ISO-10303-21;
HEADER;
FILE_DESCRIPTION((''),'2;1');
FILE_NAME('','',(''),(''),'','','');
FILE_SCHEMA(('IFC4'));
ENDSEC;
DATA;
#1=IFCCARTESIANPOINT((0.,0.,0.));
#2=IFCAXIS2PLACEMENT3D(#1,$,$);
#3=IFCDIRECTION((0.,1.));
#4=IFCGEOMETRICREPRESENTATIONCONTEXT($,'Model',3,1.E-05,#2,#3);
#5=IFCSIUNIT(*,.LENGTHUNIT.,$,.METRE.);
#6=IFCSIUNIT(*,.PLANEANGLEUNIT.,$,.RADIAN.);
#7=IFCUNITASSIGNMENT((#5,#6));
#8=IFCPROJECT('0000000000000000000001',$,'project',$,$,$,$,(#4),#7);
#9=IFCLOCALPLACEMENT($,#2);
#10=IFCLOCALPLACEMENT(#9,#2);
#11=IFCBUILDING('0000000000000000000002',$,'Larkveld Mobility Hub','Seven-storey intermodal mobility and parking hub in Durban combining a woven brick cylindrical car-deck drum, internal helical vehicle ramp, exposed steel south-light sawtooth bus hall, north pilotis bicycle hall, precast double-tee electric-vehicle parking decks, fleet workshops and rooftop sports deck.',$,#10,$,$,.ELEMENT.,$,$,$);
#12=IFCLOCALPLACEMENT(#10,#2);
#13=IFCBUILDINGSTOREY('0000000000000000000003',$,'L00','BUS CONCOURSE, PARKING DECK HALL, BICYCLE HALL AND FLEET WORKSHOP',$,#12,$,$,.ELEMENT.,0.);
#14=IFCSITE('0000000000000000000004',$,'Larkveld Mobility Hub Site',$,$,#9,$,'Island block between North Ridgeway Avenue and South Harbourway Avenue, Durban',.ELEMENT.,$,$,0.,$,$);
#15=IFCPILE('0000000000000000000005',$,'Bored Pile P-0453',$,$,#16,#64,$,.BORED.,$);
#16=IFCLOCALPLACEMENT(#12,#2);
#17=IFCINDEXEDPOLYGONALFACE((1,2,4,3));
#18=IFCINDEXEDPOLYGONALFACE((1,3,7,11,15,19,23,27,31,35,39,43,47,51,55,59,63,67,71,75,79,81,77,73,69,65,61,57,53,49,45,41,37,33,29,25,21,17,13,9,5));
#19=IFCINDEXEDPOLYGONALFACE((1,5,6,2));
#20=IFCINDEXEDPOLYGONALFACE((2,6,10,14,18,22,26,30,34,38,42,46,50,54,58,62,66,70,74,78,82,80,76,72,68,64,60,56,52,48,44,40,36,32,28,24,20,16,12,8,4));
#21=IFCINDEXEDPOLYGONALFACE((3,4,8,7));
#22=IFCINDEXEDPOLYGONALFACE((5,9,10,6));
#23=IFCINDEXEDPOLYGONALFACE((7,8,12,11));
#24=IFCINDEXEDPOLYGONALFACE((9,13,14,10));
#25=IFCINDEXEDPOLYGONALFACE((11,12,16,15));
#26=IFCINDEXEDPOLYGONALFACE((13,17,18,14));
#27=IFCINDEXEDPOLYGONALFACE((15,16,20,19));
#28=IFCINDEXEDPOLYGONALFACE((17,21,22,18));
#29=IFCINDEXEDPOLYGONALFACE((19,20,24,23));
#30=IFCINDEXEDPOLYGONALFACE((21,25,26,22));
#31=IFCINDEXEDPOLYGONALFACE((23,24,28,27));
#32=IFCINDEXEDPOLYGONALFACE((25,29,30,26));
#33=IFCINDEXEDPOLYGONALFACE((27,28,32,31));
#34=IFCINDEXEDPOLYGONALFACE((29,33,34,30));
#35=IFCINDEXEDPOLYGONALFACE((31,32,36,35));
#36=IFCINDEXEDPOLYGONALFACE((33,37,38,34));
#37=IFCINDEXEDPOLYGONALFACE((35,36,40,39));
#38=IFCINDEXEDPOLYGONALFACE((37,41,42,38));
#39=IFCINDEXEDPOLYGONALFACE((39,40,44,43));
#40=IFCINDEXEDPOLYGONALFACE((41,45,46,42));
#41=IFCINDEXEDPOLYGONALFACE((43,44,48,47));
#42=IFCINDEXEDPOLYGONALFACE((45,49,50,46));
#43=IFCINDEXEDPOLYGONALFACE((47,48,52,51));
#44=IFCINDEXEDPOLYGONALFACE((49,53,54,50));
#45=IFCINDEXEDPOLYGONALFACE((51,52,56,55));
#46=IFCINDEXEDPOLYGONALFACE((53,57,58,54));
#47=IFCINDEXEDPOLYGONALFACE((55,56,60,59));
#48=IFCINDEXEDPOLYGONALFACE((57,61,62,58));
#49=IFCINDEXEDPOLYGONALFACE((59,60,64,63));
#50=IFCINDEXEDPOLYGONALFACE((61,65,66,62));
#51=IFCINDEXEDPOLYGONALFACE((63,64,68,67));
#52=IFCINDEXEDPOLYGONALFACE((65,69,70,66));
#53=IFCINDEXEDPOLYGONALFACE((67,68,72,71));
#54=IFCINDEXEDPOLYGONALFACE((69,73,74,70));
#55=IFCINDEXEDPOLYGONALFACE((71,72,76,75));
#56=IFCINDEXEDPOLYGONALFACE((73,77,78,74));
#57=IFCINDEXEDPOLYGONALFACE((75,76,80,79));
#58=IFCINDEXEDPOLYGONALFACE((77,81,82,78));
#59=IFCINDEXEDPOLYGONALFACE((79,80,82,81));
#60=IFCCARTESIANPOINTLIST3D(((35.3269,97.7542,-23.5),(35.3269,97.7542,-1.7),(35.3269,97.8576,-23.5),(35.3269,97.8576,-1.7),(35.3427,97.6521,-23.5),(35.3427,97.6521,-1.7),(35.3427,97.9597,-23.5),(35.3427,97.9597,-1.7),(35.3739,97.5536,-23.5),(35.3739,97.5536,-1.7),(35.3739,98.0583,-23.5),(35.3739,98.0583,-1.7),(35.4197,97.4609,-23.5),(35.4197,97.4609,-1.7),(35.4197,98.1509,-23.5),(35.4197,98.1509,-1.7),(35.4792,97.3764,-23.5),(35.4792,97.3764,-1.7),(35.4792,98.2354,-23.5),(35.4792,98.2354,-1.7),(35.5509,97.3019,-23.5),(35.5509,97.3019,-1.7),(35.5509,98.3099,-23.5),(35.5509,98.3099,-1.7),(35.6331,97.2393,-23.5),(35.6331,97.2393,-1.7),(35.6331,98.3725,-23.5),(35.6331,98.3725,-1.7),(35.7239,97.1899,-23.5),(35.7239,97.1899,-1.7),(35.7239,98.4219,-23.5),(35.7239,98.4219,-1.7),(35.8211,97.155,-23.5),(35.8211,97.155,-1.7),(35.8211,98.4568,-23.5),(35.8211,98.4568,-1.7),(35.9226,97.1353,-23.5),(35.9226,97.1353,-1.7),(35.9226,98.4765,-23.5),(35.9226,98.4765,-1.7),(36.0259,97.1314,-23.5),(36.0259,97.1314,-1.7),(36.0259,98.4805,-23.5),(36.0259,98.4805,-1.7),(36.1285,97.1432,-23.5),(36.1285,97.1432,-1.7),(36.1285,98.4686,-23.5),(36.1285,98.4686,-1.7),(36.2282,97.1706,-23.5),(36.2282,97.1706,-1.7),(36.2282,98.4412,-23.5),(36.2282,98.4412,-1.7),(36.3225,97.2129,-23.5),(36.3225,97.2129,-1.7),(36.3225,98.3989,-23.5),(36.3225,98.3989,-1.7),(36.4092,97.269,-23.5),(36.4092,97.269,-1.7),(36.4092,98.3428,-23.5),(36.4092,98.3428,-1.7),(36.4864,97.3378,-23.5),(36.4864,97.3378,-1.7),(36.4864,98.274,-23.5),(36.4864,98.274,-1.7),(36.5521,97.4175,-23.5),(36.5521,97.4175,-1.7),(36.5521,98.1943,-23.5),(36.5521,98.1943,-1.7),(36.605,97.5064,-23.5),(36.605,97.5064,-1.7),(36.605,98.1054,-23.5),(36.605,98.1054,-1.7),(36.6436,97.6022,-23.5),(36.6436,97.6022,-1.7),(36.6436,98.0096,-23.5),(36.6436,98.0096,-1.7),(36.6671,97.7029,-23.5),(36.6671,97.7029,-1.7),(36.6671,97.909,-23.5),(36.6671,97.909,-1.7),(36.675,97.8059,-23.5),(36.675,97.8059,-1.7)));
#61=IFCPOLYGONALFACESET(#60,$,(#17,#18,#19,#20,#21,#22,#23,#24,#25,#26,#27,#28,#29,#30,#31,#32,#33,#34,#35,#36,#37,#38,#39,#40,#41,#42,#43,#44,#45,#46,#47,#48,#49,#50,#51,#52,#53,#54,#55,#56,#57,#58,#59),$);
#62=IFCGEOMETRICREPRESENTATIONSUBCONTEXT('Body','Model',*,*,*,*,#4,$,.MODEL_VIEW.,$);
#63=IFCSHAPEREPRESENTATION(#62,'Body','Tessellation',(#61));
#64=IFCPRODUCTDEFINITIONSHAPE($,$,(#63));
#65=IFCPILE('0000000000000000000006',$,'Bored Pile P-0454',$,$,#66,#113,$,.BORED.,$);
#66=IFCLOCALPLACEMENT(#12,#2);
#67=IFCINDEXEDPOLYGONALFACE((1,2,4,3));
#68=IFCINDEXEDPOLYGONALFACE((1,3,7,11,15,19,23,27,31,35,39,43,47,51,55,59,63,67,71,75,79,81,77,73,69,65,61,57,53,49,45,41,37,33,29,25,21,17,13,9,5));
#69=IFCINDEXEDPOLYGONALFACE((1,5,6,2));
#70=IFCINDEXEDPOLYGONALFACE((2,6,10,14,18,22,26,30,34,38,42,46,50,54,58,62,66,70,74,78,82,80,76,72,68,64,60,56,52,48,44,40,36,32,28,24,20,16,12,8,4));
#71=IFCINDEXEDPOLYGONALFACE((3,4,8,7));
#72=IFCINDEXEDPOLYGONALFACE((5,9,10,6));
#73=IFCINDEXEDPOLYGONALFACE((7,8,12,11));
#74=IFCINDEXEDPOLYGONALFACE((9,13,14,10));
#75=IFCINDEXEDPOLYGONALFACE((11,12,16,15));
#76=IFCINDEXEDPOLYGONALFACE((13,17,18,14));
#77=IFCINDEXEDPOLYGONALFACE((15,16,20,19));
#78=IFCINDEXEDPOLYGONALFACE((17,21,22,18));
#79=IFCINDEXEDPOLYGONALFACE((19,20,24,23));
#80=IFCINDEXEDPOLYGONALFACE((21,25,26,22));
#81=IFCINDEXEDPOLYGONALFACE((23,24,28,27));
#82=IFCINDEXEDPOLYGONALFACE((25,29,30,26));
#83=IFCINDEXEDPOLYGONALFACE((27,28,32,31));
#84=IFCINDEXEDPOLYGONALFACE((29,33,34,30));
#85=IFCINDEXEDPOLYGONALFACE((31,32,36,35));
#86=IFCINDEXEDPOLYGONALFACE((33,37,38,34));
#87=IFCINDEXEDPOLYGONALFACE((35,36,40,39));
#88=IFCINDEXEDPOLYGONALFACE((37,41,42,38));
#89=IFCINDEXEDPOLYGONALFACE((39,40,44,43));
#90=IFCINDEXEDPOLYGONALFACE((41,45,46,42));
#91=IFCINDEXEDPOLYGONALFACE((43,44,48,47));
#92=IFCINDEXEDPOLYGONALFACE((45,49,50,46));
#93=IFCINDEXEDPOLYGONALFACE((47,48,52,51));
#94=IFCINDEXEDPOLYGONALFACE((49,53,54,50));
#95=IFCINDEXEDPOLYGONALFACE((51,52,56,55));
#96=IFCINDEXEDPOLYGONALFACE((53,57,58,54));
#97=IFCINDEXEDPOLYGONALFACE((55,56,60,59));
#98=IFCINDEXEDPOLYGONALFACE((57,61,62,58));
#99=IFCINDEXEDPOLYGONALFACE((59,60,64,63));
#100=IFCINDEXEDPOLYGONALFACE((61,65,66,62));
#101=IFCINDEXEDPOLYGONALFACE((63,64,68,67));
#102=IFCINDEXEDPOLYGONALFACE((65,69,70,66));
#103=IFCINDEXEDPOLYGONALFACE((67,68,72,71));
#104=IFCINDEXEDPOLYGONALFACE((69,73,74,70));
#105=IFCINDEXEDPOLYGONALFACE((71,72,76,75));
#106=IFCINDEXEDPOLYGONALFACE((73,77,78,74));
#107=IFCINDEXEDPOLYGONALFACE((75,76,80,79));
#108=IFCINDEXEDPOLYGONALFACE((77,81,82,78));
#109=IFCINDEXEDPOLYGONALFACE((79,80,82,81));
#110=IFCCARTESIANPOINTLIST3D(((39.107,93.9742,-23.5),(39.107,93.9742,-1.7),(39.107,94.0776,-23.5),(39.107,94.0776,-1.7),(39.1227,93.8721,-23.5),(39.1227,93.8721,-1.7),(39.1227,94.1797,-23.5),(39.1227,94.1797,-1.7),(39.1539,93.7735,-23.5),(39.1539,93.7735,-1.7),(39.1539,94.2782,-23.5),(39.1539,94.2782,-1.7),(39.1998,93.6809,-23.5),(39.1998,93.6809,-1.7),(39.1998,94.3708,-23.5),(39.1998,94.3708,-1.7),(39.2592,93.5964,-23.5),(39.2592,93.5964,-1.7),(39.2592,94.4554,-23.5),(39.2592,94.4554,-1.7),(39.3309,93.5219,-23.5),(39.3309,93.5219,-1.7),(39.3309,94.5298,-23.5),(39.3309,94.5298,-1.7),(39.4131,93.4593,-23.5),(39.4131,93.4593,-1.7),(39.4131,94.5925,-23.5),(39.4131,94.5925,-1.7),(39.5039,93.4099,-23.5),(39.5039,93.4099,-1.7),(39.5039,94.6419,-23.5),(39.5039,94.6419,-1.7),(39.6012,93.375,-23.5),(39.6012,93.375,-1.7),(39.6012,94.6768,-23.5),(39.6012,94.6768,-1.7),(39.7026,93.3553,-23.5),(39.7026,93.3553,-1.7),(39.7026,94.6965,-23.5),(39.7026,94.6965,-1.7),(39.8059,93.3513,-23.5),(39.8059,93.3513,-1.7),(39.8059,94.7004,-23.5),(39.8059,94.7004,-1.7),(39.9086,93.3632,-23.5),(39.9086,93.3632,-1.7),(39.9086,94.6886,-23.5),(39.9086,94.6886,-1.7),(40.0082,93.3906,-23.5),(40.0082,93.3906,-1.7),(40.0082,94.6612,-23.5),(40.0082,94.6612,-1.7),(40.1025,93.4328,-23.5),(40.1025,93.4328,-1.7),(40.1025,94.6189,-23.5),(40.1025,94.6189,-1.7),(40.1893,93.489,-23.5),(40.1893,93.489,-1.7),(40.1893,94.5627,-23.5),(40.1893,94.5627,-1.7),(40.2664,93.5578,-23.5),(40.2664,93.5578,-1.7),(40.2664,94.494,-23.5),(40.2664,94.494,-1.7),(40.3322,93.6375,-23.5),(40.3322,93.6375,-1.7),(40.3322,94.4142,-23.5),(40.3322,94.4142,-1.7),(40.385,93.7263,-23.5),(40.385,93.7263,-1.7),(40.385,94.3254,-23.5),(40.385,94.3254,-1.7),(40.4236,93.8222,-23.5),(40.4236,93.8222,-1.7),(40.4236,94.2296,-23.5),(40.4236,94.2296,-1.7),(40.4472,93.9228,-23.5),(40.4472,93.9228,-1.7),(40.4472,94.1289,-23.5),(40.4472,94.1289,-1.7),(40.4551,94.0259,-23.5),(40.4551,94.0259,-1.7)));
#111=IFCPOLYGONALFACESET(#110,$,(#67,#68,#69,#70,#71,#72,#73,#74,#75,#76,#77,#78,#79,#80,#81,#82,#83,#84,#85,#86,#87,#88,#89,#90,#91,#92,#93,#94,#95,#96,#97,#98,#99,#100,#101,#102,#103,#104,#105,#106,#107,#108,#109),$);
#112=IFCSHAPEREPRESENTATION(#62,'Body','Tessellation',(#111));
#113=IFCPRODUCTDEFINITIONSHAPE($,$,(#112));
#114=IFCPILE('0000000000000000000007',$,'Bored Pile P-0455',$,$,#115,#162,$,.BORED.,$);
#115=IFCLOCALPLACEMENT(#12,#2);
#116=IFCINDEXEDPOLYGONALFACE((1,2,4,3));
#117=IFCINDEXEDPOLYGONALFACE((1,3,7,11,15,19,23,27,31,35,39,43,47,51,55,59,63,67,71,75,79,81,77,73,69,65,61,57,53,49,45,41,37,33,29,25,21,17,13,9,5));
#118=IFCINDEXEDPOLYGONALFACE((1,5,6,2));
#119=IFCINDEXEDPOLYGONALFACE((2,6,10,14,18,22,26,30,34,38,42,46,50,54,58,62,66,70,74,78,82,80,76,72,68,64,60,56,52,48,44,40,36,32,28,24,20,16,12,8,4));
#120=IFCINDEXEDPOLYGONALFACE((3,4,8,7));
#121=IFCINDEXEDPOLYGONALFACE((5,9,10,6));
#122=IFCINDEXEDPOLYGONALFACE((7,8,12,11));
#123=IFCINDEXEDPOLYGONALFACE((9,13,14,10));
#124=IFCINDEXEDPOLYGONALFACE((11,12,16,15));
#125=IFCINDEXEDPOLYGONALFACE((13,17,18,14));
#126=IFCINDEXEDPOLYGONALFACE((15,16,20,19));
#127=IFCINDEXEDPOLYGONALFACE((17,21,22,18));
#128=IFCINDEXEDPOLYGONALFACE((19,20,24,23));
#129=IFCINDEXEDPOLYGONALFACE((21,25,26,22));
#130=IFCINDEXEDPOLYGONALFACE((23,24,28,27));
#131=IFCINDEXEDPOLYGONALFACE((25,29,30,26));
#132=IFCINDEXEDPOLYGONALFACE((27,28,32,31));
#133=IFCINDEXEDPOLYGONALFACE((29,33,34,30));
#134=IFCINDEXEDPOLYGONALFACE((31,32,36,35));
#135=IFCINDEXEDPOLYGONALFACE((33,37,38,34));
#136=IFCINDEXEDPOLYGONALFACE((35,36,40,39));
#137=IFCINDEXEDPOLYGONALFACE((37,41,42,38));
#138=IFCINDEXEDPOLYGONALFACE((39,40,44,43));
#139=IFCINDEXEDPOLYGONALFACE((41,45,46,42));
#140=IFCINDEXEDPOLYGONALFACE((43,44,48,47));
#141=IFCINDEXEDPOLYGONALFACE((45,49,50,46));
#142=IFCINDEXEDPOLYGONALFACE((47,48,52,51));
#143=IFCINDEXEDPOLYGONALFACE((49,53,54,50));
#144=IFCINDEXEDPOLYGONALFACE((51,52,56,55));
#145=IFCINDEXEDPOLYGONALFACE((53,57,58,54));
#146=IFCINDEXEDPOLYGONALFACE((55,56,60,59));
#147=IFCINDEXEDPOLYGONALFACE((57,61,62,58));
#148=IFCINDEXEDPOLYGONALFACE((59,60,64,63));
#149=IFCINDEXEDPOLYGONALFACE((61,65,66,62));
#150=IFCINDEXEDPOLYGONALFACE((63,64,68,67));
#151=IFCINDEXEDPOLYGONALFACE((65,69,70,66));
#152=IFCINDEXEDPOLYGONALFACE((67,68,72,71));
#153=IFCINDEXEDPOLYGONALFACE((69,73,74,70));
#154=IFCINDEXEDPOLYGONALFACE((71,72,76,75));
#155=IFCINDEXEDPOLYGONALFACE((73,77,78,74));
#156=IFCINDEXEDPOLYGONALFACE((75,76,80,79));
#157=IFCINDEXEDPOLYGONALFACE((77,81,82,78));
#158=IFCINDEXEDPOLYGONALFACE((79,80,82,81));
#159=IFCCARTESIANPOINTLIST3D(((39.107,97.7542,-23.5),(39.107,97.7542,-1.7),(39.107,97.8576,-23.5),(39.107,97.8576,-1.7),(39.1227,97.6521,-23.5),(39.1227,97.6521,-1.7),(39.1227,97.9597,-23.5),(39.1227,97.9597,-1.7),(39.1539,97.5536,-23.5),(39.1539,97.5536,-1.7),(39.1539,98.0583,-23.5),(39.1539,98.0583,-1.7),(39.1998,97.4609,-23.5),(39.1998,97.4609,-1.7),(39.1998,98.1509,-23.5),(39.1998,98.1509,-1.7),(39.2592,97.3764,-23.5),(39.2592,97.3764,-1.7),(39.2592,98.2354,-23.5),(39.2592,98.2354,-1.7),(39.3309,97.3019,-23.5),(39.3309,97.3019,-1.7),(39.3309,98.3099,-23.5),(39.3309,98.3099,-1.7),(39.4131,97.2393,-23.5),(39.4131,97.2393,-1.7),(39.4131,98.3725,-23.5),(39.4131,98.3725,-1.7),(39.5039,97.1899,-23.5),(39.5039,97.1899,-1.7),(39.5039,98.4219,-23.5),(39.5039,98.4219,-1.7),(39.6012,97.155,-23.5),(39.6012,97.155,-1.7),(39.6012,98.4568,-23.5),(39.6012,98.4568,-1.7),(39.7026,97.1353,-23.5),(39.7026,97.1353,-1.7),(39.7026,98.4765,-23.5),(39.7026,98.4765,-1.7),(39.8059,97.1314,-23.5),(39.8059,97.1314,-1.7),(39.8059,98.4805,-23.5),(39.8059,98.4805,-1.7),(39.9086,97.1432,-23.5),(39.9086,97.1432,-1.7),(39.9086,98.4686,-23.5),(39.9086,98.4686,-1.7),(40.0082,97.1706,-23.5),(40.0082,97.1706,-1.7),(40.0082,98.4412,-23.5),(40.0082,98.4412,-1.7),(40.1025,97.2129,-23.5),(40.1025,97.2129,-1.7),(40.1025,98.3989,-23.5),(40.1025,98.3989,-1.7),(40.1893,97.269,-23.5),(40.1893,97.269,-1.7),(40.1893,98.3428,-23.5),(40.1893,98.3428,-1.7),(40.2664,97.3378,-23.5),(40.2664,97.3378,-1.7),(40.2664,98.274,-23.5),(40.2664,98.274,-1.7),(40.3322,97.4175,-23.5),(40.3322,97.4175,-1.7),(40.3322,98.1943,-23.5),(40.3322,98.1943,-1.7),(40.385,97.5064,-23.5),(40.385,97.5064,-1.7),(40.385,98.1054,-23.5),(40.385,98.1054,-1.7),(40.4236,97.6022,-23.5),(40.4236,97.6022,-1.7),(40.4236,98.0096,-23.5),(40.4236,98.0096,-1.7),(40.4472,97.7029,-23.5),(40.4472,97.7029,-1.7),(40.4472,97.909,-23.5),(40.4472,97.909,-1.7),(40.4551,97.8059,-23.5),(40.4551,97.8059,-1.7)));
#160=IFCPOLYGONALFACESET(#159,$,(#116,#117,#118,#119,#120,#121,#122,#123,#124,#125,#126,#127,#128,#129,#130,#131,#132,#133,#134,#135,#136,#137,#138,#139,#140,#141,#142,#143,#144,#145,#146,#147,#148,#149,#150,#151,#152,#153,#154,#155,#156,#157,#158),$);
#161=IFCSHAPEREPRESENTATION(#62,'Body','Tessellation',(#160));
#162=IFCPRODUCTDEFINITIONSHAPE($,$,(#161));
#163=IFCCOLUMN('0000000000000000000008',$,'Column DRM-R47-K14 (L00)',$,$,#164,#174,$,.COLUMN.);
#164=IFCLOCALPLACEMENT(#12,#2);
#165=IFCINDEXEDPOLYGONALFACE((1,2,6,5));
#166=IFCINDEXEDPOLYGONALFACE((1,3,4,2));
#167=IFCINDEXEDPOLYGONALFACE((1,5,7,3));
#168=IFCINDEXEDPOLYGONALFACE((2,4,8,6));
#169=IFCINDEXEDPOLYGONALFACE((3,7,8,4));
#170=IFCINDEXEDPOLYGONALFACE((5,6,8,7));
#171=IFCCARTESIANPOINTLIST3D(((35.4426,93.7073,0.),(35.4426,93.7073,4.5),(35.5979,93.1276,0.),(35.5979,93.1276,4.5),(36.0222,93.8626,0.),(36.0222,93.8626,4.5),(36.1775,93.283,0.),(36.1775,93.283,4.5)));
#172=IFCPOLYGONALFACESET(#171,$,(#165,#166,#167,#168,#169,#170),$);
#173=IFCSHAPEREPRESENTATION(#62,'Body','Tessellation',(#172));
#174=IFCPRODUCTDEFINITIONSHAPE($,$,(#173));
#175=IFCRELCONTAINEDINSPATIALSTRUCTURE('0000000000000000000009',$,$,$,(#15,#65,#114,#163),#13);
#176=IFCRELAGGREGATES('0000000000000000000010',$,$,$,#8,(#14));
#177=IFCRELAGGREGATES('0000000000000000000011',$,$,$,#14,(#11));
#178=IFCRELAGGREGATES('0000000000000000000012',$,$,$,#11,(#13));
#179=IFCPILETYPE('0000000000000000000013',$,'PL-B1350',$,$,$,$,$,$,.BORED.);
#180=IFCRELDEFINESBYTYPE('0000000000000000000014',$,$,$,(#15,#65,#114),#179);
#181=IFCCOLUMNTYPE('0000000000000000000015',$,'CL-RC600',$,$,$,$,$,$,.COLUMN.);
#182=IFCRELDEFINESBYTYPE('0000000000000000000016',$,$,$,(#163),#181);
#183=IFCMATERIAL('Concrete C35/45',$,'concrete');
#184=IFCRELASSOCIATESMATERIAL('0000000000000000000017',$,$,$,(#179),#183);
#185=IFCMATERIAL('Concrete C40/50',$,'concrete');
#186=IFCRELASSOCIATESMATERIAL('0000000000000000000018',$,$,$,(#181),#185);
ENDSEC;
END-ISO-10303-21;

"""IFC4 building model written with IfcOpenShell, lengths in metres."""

from ifc_helpers import new_model, si_unit, direction, frame, origin, origin_2d, place, context, subcontext, project, spatial, rectangle, circle, extrude, material, material_profile, profile_set, type_object, element, save


model = new_model("IFC4")

# Units and contexts
model_context = context("Model", 3, precision=1e-05, world=origin(), true_north=direction((0.0, 1.0)))
body_context = subcontext(model_context, "Body", "Model", "MODEL_VIEW")
ifc_project = project(units=[si_unit("LENGTHUNIT", "METRE"), si_unit("PLANEANGLEUNIT", "RADIAN")], contexts=[model_context])

# Site, building, storey
site_placement = place(None, origin())
site = spatial("IfcSite", under=ifc_project, at=site_placement, Name="Larkveld Mobility Hub Site", LongName="Island block between North Ridgeway Avenue and South Harbourway Avenue, Durban", CompositionType="ELEMENT", RefElevation=0.0)
building_placement = place(site_placement, origin())
building = spatial("IfcBuilding", under=site, at=building_placement, Name="Larkveld Mobility Hub", Description="Seven-storey intermodal mobility and parking hub in Durban combining a woven brick cylindrical car-deck drum, internal helical vehicle ramp, exposed steel south-light sawtooth bus hall, north pilotis bicycle hall, precast double-tee electric-vehicle parking decks, fleet workshops and rooftop sports deck.", CompositionType="ELEMENT")
storey_placement = place(building_placement, origin())
storey = spatial("IfcBuildingStorey", under=building, at=storey_placement, Name="L00", Description="BUS CONCOURSE, PARKING DECK HALL, BICYCLE HALL AND FLEET WORKSHOP", CompositionType="ELEMENT", Elevation=0.0)

# Shared definitions
ifc_material_1 = material(Name="Concrete C35/45", Category="concrete")

# Piles
ifc_material_profile_1 = material_profile(ifc_material_1, circle(Radius=0.675, at=origin_2d()), Name="PILE D1350")
ifc_profile_set_1 = profile_set([ifc_material_profile_1], Name="Concrete C35/45")
pile_type_1 = type_object("IfcPileType", Name="PL-B1350", PredefinedType="BORED", material=ifc_profile_set_1)
for number, where, z_axis, x_axis, name in (
    (1, (36.0, 97.8059, -1.7), (0.0, 0.0, -1.0), (1.0, 0.0, 0.0), "Bored Pile P-0453"),
    (2, (39.78, 94.0259, -1.7), (0.0, 0.0, -1.0), (1.0, 0.0, 0.0), "Bored Pile P-0454"),
    (3, (39.78, 97.8059, -1.7), (0.0, 0.0, -1.0), (1.0, 0.0, 0.0), "Bored Pile P-0455"),
):
    element("IfcPile", number, at=place(storey_placement, frame(where, z_axis=z_axis, x_axis=x_axis)), inside=storey, type_object=pile_type_1, Name=name, PredefinedType="BORED", context=body_context, shape_type="SweptSolid", body=[
        extrude(circle(Radius=0.675, at=origin_2d()), origin(), (0.0, 0.0, 1.0), 21.8),
    ])

# Column
ifc_material_2 = material(Name="Concrete C40/50", Category="concrete")
ifc_material_profile_2 = material_profile(ifc_material_2, rectangle(XDim=0.6001, YDim=0.6001, at=origin_2d()), Name="RC COL 600x600")
ifc_profile_set_2 = profile_set([ifc_material_profile_2], Name="Concrete C40/50")
column_type = type_object("IfcColumnType", Name="CL-RC600", PredefinedType="COLUMN", material=ifc_profile_set_2)
column_placement = place(storey_placement, frame((35.8101, 93.4951, 0.0), z_axis=(0.0, 0.0, 1.0), x_axis=(-0.258819, 0.965926, 0.0)))
element("IfcColumn", 4, at=column_placement, inside=storey, type_object=column_type, Name="Column DRM-R47-K14 (L00)", PredefinedType="COLUMN", context=body_context, shape_type="SweptSolid", body=[
    extrude(rectangle(XDim=0.6001, YDim=0.6001, at=origin_2d()), origin(), (0.0, 0.0, 1.0), 4.5),
])

save(model, "model.ifc")
